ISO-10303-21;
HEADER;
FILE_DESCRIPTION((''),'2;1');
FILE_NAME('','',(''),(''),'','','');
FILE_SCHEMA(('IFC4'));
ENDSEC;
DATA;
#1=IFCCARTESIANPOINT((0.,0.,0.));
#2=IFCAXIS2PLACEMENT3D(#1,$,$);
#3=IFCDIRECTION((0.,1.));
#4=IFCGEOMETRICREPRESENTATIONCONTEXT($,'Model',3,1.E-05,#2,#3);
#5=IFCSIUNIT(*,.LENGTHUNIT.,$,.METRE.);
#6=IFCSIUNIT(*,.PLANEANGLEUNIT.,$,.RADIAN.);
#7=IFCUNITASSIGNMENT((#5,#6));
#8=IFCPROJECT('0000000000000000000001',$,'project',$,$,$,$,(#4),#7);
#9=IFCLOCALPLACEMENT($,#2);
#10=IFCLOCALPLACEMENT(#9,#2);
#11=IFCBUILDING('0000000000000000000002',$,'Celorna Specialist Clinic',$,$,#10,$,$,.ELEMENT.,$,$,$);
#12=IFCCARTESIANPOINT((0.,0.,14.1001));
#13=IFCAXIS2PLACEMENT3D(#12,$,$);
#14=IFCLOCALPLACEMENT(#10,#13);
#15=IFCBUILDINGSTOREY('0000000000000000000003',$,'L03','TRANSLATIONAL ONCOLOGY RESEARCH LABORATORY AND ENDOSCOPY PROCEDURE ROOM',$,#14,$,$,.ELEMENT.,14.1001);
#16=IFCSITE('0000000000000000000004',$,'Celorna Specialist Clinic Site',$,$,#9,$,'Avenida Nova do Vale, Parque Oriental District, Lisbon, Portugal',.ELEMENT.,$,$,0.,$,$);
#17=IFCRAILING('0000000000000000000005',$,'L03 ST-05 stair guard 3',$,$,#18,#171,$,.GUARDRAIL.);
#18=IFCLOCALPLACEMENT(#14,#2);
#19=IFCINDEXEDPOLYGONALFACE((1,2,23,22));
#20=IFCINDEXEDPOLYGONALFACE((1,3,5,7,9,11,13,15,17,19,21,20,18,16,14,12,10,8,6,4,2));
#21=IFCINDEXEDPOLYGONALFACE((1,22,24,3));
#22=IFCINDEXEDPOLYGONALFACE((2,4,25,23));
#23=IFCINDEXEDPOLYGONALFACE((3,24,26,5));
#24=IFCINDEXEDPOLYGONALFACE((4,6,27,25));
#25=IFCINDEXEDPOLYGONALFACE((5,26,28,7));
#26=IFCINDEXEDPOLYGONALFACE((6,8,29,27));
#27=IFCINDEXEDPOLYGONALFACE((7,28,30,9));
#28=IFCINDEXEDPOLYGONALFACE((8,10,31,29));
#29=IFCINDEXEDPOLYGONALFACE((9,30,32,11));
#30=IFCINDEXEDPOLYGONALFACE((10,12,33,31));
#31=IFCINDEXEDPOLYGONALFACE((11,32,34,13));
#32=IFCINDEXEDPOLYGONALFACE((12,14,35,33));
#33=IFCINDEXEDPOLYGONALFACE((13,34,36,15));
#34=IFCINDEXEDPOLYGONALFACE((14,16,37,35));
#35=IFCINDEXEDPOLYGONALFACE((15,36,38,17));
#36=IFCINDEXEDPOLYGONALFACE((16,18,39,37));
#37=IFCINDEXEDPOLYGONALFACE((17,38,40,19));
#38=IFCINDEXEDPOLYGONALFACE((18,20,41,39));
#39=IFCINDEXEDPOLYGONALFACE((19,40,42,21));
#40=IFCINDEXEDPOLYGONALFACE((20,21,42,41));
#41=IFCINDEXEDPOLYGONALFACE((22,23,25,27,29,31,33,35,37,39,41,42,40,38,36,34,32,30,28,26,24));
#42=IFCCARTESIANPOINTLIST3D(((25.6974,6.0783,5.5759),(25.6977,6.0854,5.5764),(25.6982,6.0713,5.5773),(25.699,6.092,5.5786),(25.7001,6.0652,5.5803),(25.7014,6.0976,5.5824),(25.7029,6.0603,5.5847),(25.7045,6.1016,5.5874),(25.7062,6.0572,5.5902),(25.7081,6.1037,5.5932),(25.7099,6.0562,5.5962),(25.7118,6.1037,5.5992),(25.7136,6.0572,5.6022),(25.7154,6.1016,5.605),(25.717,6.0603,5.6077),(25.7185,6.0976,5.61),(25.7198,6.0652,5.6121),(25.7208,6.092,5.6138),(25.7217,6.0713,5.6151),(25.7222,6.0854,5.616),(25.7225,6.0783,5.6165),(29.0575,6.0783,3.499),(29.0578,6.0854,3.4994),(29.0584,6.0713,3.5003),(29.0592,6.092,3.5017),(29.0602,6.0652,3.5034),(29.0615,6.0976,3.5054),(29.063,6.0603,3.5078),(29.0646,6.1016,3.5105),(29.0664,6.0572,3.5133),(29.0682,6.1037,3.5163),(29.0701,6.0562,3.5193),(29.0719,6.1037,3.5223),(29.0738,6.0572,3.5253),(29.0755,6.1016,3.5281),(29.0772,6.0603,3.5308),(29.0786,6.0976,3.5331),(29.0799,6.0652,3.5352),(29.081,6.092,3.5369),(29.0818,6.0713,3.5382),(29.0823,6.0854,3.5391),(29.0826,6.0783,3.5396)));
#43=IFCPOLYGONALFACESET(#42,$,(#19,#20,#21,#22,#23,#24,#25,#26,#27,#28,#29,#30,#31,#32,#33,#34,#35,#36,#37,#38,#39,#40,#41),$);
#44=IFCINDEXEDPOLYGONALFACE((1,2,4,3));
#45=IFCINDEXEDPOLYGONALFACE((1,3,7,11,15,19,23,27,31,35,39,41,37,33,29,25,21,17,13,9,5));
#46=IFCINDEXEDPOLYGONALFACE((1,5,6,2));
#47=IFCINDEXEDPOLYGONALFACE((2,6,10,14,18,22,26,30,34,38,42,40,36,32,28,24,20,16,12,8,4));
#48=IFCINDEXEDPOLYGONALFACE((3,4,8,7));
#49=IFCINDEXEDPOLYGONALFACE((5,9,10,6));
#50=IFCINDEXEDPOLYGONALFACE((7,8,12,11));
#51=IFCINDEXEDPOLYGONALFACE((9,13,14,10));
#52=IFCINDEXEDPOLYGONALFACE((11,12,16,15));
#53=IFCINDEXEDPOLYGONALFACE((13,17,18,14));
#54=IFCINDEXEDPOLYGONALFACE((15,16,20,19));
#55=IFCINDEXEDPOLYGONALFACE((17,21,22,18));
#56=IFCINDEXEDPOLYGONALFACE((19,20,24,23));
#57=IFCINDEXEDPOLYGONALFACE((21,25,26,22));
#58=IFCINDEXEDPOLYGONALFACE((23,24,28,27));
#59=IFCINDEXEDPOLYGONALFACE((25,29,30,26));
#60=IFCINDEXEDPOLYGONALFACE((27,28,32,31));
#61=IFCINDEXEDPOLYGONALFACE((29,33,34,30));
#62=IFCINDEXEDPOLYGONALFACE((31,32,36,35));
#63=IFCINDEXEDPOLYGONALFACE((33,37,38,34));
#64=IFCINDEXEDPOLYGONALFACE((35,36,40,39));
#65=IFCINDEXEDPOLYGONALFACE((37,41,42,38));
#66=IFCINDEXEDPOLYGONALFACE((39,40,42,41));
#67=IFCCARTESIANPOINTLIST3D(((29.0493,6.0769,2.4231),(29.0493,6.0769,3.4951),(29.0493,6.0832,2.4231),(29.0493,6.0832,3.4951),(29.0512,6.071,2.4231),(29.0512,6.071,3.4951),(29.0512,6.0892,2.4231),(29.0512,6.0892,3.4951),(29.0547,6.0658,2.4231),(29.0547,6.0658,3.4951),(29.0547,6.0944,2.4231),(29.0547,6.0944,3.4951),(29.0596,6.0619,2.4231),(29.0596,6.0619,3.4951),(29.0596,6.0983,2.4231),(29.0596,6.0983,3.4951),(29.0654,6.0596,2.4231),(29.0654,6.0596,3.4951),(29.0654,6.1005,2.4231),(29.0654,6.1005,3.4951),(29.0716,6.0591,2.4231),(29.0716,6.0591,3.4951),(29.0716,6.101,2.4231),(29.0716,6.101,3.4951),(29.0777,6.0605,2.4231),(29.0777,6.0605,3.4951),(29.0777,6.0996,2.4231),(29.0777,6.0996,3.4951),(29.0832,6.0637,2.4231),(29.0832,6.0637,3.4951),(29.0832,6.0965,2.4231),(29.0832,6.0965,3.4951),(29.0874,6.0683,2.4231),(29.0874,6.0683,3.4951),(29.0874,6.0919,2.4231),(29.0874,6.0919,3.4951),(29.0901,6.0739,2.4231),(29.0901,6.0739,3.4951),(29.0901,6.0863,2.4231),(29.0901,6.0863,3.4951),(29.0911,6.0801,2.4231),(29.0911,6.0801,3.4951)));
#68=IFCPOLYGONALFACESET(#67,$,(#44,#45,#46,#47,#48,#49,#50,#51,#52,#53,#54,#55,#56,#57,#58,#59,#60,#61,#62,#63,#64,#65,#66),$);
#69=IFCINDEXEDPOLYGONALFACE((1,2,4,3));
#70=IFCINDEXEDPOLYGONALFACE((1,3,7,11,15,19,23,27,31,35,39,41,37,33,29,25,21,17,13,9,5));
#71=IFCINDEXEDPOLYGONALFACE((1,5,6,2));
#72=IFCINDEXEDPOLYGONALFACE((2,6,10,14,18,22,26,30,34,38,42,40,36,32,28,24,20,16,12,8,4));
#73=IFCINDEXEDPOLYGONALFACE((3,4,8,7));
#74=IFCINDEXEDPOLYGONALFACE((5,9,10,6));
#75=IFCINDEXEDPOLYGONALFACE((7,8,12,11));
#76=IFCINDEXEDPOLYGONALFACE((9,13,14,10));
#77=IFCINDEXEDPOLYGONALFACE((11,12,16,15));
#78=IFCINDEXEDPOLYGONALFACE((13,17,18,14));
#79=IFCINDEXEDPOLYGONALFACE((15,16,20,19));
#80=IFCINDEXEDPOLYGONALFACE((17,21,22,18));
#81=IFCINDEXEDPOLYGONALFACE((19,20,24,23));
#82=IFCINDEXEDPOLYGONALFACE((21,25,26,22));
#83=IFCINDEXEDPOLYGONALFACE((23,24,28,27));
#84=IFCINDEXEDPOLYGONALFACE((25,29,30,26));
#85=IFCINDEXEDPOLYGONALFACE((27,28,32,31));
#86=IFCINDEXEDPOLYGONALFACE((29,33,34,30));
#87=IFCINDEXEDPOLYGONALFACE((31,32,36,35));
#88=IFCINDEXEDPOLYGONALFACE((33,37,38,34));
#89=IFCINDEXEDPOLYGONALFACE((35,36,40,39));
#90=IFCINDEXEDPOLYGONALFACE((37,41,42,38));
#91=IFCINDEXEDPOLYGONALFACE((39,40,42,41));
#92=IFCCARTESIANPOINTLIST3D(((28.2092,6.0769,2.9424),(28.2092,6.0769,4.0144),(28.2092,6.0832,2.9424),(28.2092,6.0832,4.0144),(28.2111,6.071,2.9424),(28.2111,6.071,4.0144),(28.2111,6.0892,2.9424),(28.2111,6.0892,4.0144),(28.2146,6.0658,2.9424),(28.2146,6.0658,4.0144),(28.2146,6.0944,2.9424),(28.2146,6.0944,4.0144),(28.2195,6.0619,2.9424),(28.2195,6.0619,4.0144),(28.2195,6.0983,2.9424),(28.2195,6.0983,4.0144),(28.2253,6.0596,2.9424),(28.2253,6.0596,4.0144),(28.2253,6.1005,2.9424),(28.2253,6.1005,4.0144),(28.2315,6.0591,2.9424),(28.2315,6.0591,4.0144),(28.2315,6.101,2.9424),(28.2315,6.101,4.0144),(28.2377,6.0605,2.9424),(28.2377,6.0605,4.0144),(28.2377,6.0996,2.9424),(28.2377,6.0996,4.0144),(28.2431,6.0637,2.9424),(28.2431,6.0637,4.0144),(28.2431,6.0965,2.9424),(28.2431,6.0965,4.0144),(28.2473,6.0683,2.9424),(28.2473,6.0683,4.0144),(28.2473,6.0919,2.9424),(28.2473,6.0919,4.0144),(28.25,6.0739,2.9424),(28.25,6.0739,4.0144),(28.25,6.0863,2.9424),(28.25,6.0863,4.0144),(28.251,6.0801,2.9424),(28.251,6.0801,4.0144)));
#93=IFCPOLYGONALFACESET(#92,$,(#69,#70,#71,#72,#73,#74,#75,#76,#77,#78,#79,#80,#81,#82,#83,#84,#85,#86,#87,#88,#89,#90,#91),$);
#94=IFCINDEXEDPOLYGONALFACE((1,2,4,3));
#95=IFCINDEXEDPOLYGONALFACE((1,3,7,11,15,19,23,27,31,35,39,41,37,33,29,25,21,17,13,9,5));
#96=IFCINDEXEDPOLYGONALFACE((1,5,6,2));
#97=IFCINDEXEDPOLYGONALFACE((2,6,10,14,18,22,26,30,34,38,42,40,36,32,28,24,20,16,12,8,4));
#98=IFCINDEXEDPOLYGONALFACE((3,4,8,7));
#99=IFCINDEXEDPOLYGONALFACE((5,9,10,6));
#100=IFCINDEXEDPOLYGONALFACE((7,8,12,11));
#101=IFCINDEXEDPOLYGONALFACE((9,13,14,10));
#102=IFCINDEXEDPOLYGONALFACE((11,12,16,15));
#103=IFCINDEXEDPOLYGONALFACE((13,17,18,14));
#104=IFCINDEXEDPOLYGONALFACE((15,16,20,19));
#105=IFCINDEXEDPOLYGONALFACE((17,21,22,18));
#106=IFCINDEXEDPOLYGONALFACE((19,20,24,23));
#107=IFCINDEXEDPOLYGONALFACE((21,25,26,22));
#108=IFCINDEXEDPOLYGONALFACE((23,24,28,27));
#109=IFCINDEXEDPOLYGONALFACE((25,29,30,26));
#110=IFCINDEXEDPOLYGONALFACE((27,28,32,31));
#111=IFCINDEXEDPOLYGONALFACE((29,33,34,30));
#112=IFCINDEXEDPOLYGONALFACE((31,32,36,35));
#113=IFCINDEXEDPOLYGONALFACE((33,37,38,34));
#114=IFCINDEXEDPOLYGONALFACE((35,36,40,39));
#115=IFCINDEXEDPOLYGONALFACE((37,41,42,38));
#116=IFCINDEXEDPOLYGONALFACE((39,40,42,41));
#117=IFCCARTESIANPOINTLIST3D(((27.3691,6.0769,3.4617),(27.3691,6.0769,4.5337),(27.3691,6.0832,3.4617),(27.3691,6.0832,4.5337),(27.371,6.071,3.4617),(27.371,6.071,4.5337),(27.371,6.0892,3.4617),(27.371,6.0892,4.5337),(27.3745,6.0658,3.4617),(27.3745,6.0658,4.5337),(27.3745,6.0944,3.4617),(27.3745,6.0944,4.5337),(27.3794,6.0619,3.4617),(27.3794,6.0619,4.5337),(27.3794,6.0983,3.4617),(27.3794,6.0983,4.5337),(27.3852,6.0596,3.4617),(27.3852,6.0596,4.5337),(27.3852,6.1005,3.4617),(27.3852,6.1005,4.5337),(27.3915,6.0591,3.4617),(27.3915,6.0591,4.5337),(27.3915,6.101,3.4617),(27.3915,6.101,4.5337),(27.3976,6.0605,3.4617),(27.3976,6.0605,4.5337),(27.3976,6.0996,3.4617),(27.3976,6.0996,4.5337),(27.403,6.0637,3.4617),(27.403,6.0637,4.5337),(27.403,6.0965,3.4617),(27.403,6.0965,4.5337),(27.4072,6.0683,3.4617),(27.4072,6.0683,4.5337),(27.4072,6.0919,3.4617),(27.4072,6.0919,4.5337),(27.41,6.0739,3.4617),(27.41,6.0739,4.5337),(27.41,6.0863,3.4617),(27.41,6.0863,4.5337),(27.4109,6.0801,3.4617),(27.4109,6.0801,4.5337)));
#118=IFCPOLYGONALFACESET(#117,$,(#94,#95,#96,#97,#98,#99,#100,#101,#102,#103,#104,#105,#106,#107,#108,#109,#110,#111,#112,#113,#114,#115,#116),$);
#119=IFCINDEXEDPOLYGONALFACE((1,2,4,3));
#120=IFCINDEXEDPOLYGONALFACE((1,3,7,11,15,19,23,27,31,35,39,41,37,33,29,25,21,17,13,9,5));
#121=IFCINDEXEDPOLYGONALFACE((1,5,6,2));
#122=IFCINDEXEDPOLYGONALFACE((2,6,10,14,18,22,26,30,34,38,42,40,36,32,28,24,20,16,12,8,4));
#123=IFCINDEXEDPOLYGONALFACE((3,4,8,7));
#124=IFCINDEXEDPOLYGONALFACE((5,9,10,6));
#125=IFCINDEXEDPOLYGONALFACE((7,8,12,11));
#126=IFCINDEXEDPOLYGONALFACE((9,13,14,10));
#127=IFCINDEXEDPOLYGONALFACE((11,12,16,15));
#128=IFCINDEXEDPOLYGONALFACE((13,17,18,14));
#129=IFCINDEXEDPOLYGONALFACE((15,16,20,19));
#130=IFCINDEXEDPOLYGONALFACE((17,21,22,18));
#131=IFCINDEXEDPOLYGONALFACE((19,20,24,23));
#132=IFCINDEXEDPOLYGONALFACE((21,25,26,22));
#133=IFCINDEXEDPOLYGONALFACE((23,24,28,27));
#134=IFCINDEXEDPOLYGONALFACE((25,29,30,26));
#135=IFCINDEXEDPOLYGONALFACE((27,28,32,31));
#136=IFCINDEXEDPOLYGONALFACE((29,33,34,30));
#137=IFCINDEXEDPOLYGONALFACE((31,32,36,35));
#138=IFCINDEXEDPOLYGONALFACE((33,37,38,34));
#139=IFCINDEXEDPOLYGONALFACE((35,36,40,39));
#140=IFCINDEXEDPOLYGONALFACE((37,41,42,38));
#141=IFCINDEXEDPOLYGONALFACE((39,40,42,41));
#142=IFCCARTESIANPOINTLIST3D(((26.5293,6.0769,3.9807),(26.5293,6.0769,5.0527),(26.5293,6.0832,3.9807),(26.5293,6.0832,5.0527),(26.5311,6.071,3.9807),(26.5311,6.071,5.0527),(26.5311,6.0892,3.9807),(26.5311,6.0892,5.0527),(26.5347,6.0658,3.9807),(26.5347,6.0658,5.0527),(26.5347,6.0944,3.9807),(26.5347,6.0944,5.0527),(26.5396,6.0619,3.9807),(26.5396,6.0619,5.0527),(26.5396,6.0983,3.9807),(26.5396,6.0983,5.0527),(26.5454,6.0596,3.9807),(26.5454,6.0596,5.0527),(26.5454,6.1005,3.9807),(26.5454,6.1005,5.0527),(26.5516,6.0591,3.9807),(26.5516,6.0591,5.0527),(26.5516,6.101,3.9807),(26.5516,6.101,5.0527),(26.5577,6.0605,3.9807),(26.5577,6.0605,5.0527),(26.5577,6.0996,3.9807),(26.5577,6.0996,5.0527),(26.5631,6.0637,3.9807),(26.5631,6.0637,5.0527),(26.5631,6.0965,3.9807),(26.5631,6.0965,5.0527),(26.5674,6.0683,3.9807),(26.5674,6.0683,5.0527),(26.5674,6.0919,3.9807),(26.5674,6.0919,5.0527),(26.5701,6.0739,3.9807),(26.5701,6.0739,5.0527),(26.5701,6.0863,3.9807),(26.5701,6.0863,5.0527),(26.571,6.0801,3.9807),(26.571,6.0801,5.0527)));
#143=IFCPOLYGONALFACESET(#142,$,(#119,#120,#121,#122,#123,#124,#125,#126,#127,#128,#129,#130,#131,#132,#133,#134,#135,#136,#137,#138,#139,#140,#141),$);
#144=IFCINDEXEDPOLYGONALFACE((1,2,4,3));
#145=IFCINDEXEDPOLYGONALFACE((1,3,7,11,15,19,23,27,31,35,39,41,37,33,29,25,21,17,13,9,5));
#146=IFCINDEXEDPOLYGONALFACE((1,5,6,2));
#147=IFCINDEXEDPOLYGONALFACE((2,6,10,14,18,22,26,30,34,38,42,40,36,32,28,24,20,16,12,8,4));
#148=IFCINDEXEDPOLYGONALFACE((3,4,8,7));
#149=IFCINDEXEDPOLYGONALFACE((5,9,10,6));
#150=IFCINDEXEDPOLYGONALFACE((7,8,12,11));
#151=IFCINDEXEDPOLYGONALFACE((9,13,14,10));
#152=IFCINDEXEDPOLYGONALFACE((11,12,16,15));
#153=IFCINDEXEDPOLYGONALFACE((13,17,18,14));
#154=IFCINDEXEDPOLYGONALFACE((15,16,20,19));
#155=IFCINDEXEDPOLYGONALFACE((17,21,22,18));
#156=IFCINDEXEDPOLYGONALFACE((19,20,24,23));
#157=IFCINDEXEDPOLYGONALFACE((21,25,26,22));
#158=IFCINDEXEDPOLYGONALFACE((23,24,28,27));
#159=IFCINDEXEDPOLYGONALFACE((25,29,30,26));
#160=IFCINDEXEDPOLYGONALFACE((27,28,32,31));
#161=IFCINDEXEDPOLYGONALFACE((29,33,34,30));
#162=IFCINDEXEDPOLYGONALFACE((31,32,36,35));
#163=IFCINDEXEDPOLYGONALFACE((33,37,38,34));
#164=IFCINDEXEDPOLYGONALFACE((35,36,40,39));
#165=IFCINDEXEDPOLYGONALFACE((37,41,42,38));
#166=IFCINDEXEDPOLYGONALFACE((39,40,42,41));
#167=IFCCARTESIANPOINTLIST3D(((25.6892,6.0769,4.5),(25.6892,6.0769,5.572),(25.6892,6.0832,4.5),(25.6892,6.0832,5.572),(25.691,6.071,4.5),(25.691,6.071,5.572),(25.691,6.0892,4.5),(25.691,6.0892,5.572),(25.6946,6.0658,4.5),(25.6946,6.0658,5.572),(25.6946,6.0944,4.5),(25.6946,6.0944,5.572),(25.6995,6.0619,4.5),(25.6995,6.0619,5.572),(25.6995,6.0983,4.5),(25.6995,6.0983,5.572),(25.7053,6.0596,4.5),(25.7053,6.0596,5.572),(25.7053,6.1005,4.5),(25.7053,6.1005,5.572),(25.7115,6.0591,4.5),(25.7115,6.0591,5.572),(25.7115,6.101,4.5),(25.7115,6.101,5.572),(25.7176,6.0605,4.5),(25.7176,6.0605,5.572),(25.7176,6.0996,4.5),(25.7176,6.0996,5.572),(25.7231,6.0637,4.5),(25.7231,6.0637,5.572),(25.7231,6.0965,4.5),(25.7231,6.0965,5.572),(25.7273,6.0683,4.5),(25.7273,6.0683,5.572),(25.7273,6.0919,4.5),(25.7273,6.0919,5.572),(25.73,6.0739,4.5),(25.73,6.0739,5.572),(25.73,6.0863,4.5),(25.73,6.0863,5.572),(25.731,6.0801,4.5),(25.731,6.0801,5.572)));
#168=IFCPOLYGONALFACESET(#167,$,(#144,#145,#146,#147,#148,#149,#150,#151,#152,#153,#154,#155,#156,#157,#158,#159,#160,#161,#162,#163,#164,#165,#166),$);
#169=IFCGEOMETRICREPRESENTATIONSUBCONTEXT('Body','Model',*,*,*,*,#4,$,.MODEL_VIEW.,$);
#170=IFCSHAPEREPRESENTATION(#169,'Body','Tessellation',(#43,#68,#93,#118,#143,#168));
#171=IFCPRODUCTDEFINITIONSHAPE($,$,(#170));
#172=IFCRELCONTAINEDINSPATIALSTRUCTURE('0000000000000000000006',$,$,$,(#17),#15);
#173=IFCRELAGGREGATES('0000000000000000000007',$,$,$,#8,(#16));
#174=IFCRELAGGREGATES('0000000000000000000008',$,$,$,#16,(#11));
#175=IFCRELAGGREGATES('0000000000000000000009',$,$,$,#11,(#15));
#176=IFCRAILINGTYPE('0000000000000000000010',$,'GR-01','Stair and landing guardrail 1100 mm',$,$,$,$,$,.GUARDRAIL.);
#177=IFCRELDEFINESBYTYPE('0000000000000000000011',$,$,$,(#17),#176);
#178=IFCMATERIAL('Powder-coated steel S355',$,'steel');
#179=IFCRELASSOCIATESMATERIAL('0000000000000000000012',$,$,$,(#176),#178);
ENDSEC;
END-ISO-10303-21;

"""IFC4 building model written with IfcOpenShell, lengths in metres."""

from ifc_helpers import new_model, si_unit, direction, frame, origin, origin_2d, place, context, subcontext, project, spatial, circle, extrude, material, type_object, element, save


model = new_model("IFC4")

# Units and contexts
model_context = context("Model", 3, precision=1e-05, world=origin(), true_north=direction((0.0, 1.0)))
body_context = subcontext(model_context, "Body", "Model", "MODEL_VIEW")
ifc_project = project(units=[si_unit("LENGTHUNIT", "METRE"), si_unit("PLANEANGLEUNIT", "RADIAN")], contexts=[model_context])

# Site, building, storey
site_placement = place(None, origin())
site = spatial("IfcSite", under=ifc_project, at=site_placement, Name="Celorna Specialist Clinic Site", LongName="Avenida Nova do Vale, Parque Oriental District, Lisbon, Portugal", CompositionType="ELEMENT", RefElevation=0.0)
building_placement = place(site_placement, origin())
building = spatial("IfcBuilding", under=site, at=building_placement, Name="Celorna Specialist Clinic", CompositionType="ELEMENT")
storey_placement = place(building_placement, frame((0.0, 0.0, 14.1001)))
storey = spatial("IfcBuildingStorey", under=building, at=storey_placement, Name="L03", Description="TRANSLATIONAL ONCOLOGY RESEARCH LABORATORY AND ENDOSCOPY PROCEDURE ROOM", CompositionType="ELEMENT", Elevation=14.1001)

# Railing
ifc_material_1 = material(Name="Powder-coated steel S355", Category="steel")
railing_type = type_object("IfcRailingType", Name="GR-01", Description="Stair and landing guardrail 1100 mm", PredefinedType="GUARDRAIL", material=ifc_material_1)
railing_1_placement = place(storey_placement, frame((29.0701, 6.0801, 2.4231)))
element("IfcRailing", 1, at=railing_1_placement, inside=storey, type_object=railing_type, Name="L03 ST-05 stair guard 3", PredefinedType="GUARDRAIL", context=body_context, shape_type="SweptSolid", body=[
    extrude(circle(Radius=0.0239, at=origin_2d()), frame((0.0, 0.0, 1.0962), z_axis=(-0.850623, 0.0, 0.525776), x_axis=(0.0, -1.0, 0.0)), (0.0, 0.0, 1.0), 3.9502),
    extrude(circle(Radius=0.021, at=origin_2d()), origin(), (0.0, 0.0, 1.0), 1.072),
    extrude(circle(Radius=0.021, at=origin_2d()), frame((-0.8401, 0.0, 0.5193)), (0.0, 0.0, 1.0), 1.072),
    extrude(circle(Radius=0.021, at=origin_2d()), frame((-1.6802, 0.0, 1.0386)), (0.0, 0.0, 1.0), 1.072),
    extrude(circle(Radius=0.021, at=origin_2d()), frame((-2.52, 0.0, 1.5576)), (0.0, 0.0, 1.0), 1.072),
    extrude(circle(Radius=0.021, at=origin_2d()), frame((-3.3601, 0.0, 2.0769)), (0.0, 0.0, 1.0), 1.072),
])

save(model, "model.ifc")
